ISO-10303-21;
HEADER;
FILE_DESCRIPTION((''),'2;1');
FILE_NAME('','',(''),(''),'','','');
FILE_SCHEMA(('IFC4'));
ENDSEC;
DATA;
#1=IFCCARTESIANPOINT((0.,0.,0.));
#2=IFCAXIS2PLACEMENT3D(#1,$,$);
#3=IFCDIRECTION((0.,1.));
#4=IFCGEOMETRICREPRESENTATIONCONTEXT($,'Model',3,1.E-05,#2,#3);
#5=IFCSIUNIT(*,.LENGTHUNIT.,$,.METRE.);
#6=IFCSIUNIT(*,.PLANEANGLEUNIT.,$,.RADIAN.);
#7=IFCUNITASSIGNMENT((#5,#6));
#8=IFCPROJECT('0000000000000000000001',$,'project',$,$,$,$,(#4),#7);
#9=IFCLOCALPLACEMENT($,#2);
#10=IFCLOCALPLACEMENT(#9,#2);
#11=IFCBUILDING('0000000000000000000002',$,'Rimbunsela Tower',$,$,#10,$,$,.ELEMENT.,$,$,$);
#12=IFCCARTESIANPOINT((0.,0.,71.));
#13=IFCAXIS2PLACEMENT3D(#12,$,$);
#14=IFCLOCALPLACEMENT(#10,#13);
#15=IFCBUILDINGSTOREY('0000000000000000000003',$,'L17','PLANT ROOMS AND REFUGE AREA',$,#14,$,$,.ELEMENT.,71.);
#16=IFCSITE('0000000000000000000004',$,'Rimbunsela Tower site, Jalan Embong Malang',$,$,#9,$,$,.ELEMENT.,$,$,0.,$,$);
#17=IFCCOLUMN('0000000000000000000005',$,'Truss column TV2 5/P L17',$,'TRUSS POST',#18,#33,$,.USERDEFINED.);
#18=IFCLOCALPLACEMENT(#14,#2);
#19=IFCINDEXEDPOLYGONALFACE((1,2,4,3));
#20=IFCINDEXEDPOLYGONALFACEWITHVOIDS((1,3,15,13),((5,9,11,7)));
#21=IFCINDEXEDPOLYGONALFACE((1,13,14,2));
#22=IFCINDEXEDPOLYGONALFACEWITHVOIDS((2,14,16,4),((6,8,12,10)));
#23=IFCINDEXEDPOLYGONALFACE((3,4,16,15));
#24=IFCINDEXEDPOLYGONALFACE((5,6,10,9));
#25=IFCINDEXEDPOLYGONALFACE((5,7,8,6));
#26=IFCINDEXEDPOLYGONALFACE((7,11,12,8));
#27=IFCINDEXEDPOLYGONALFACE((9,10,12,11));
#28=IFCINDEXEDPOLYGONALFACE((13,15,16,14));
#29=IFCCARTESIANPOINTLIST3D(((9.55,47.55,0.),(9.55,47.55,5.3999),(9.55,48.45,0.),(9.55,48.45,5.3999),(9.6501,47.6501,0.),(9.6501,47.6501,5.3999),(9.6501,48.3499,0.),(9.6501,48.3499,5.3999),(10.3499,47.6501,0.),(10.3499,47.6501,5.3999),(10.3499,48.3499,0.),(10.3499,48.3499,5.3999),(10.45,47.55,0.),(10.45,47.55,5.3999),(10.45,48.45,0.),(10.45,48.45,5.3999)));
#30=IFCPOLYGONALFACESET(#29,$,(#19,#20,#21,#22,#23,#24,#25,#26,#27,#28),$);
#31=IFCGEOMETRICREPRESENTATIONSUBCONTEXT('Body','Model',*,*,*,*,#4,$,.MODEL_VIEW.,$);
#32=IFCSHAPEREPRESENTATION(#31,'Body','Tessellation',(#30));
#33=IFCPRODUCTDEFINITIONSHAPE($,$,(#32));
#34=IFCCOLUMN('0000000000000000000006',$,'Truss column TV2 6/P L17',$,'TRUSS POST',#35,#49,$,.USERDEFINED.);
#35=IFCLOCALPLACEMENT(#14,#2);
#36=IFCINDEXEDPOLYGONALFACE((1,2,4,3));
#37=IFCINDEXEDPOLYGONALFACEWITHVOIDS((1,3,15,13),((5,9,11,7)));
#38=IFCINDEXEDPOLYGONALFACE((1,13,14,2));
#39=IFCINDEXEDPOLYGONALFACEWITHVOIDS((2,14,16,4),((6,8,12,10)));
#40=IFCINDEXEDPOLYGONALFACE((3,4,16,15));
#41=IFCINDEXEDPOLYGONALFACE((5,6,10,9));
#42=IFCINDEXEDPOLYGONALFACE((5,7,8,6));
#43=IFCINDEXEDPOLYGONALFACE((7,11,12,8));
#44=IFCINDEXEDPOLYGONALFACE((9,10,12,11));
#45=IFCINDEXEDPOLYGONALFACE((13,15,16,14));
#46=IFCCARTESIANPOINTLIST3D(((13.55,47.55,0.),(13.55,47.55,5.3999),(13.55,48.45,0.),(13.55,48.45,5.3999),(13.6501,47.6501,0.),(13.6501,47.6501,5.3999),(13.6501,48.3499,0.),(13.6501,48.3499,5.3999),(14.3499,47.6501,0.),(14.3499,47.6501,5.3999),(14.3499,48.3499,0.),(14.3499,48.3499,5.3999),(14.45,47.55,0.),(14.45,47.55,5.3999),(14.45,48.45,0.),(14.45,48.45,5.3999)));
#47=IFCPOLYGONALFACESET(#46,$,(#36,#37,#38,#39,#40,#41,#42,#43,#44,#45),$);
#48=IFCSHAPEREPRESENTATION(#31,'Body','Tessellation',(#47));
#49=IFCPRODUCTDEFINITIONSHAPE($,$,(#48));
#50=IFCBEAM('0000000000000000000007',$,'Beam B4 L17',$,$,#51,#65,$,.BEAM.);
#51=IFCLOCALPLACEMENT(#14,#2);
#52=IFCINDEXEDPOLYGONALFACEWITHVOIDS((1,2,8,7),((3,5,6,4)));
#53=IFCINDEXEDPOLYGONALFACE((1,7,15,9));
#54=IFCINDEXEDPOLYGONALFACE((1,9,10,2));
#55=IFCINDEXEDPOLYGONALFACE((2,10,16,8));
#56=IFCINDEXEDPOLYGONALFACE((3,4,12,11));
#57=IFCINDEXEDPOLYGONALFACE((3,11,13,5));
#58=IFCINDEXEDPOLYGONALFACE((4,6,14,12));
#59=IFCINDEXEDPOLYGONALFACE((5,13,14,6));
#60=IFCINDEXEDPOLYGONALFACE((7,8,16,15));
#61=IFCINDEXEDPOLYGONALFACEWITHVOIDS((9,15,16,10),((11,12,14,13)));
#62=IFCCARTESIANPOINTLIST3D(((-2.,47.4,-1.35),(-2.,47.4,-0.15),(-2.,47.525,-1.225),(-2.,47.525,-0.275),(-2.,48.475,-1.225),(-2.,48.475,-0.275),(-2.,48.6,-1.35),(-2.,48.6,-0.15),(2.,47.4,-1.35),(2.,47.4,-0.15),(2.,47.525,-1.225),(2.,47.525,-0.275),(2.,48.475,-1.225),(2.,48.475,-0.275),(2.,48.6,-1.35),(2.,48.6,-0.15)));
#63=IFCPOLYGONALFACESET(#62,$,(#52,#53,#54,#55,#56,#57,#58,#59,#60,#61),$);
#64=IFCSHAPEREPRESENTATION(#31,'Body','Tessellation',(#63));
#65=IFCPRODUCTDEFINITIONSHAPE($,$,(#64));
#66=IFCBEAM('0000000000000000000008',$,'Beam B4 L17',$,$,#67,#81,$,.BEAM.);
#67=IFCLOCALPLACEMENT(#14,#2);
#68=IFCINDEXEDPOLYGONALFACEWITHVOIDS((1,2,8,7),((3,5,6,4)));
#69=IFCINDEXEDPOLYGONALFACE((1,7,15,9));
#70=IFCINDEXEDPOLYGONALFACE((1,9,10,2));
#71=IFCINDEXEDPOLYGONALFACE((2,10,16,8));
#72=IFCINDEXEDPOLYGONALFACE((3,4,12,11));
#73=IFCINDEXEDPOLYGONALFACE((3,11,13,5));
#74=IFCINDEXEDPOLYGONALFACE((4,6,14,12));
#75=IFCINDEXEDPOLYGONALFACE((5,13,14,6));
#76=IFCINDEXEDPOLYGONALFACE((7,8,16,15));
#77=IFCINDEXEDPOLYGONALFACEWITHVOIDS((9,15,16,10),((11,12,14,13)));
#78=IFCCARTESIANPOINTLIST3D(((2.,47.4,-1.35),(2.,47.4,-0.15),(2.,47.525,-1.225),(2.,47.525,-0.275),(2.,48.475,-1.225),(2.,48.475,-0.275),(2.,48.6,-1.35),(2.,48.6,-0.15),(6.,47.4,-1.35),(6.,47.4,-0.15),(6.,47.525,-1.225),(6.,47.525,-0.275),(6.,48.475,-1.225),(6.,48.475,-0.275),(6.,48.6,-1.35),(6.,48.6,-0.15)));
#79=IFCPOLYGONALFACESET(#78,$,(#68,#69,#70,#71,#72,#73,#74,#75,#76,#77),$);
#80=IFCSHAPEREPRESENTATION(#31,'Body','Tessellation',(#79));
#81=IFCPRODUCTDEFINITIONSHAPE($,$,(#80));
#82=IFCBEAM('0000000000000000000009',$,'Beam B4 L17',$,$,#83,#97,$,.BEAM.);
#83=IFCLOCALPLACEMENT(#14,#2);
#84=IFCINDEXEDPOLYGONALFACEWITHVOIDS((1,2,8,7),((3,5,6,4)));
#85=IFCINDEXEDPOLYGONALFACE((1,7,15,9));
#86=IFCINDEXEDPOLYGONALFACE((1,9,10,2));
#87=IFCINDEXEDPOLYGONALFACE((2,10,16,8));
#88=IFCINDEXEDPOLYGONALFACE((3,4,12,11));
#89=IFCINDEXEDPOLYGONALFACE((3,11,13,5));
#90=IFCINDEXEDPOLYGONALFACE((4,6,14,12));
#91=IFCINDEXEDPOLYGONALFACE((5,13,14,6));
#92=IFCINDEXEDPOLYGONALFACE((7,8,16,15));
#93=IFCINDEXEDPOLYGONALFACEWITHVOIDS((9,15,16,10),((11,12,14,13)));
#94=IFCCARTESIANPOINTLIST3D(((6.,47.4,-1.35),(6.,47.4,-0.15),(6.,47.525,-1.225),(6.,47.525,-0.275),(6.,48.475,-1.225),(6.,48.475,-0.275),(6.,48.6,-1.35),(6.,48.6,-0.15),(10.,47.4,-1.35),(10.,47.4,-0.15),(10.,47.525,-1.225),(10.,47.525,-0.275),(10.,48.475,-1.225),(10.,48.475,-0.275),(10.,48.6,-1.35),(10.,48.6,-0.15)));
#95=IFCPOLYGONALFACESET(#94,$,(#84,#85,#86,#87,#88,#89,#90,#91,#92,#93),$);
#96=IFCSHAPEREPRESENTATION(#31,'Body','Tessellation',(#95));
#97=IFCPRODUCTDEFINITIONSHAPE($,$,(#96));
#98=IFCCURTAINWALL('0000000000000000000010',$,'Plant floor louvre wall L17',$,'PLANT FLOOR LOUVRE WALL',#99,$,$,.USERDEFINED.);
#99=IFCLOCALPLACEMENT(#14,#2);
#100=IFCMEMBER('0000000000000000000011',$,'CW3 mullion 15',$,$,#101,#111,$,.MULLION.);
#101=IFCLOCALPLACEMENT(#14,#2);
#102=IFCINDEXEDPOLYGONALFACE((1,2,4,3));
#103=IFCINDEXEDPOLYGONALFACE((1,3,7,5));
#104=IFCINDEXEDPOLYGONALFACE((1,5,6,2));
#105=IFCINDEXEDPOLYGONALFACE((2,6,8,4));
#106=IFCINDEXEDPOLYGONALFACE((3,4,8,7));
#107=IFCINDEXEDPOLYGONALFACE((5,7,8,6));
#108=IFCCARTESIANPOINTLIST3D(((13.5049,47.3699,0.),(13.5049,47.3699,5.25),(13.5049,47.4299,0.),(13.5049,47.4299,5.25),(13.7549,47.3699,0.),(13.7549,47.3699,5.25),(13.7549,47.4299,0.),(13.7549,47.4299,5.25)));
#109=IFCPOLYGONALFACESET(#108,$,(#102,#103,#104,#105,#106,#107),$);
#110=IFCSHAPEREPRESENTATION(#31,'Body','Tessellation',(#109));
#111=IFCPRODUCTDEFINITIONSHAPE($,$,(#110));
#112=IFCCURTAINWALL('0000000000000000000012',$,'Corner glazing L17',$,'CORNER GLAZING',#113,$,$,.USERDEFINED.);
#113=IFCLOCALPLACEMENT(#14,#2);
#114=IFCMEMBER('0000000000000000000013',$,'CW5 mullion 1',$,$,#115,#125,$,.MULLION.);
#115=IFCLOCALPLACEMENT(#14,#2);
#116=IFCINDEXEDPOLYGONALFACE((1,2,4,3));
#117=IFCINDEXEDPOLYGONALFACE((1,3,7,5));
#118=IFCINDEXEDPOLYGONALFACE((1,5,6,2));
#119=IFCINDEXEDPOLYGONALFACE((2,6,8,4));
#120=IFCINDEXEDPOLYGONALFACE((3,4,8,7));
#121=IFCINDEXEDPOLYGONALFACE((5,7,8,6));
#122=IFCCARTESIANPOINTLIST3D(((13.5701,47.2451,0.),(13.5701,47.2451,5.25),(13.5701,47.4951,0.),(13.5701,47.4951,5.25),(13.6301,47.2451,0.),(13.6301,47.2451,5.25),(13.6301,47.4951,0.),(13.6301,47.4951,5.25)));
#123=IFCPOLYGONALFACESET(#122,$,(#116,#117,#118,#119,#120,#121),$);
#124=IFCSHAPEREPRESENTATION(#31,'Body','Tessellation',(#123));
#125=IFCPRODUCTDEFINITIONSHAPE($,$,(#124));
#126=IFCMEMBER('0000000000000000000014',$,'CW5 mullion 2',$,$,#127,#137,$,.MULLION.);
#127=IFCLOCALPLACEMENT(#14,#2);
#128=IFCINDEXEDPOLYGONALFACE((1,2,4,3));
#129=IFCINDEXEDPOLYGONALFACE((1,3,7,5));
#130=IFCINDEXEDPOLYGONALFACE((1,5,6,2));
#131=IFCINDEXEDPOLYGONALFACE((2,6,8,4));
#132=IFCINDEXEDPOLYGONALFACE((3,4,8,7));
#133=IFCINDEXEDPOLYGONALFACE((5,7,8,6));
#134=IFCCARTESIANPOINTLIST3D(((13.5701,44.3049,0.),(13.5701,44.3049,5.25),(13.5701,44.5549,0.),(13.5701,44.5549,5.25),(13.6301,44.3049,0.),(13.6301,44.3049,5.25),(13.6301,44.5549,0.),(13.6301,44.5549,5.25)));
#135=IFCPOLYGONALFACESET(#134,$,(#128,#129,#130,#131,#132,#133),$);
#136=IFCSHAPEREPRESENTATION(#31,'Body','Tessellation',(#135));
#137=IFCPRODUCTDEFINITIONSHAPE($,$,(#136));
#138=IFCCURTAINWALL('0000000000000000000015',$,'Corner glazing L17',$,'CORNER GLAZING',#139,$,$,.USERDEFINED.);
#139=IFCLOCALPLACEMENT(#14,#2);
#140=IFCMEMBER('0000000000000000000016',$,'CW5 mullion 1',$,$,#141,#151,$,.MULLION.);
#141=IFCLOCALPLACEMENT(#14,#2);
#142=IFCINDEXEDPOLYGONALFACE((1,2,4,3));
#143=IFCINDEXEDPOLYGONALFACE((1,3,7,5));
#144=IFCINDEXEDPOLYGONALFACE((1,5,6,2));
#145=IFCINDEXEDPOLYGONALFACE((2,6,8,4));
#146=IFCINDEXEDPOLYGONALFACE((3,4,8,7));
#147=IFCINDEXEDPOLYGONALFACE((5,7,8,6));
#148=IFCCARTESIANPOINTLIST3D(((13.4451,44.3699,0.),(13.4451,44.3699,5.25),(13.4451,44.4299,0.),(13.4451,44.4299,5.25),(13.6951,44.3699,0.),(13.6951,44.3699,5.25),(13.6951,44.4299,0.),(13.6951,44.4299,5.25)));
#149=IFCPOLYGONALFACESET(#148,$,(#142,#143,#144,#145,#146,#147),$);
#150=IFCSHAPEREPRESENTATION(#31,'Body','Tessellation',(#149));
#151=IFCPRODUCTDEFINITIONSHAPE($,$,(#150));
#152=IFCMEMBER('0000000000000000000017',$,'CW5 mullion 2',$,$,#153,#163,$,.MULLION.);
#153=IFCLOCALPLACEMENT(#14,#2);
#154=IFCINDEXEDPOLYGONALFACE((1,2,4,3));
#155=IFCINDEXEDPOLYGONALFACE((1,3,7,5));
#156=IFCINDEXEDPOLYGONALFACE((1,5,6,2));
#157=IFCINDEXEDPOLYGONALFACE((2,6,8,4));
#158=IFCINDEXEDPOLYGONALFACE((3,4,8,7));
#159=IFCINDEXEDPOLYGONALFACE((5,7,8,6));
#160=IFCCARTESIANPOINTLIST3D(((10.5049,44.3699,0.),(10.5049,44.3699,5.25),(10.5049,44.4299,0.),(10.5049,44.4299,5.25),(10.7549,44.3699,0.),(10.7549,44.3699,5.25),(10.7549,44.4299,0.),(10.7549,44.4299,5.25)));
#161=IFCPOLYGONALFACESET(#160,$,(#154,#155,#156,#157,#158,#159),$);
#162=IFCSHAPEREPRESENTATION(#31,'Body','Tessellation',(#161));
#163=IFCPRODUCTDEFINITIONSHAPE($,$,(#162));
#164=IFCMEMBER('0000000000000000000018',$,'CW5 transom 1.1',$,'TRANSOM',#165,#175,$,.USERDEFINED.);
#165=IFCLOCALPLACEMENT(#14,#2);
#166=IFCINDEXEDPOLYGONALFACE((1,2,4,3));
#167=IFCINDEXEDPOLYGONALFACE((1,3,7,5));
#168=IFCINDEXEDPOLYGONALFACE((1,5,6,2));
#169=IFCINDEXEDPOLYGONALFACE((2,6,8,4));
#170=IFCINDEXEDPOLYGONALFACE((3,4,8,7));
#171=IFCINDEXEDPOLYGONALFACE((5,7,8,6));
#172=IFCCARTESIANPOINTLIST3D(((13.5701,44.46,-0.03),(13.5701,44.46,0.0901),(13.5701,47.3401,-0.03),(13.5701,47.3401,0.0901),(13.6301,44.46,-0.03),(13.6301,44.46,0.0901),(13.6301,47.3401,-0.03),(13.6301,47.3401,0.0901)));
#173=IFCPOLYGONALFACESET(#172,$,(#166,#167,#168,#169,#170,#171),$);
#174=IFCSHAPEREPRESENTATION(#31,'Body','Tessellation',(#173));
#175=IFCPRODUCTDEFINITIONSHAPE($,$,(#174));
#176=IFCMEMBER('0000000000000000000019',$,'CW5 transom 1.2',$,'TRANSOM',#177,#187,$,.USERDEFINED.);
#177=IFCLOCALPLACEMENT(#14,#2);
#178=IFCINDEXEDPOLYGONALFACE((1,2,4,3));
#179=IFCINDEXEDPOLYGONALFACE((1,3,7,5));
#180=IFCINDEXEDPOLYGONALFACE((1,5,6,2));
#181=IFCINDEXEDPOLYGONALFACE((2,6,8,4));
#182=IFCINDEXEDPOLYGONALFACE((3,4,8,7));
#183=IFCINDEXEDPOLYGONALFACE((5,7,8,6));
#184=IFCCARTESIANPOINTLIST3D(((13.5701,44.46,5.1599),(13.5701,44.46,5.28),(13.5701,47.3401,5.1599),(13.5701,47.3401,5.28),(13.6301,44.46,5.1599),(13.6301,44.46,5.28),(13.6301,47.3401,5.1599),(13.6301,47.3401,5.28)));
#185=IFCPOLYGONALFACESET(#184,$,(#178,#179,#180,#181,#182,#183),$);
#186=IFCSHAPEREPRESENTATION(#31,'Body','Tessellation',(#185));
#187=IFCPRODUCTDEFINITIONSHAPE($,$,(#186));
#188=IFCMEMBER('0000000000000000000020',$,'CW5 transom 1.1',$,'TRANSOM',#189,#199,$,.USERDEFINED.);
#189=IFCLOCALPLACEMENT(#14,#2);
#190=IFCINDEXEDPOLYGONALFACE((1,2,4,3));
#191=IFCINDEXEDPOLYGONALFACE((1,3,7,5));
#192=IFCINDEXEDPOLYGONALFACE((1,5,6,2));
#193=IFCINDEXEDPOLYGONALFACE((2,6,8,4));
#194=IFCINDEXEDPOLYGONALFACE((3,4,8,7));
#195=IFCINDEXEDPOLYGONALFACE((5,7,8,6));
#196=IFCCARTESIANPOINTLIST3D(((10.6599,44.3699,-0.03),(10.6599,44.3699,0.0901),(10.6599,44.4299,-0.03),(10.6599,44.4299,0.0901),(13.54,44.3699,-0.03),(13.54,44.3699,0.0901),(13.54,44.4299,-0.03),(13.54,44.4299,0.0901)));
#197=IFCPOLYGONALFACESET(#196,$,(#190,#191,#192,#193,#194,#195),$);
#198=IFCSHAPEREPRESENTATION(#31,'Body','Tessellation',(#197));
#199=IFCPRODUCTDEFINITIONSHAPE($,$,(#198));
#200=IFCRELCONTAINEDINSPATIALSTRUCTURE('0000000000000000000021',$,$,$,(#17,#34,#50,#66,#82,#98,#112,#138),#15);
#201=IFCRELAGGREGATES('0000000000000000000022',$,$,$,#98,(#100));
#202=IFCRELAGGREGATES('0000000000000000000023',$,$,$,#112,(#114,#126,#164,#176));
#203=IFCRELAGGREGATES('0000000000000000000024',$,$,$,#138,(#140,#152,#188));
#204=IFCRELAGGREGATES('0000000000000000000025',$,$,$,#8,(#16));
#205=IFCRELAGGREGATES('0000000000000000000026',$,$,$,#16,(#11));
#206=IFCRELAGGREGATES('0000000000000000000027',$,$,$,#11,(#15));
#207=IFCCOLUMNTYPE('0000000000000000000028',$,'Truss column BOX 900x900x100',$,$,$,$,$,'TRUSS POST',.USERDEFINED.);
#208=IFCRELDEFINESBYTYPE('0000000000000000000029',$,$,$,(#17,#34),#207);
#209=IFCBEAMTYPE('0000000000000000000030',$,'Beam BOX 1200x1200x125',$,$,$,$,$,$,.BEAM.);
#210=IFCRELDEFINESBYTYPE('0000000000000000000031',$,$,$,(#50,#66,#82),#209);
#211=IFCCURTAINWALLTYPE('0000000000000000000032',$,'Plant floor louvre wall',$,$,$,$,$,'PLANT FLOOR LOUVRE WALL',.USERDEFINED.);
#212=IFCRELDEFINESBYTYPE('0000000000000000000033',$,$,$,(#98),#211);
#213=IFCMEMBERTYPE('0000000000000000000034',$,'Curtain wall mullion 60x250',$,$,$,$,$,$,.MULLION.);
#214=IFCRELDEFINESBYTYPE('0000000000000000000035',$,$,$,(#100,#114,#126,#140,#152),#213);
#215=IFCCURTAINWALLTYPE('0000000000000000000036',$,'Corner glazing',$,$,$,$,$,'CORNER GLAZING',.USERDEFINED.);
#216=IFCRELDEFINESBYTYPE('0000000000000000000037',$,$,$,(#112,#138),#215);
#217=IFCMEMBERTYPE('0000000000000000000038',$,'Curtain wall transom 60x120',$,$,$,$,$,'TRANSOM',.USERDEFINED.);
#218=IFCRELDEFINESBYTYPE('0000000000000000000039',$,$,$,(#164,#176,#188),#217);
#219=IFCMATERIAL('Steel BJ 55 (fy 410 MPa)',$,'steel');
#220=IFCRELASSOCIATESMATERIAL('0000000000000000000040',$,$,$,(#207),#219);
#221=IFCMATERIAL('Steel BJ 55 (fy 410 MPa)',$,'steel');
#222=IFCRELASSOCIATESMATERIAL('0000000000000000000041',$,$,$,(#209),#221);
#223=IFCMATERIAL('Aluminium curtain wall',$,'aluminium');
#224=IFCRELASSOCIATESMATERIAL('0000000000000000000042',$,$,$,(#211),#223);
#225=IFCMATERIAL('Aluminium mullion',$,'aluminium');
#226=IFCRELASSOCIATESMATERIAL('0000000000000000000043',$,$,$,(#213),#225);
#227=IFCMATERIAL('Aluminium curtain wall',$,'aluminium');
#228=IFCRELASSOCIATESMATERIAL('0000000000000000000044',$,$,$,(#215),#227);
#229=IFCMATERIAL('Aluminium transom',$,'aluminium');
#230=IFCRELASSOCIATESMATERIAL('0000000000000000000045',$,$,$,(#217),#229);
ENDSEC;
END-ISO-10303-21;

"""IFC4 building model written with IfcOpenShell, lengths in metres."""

from ifc_helpers import new_model, si_unit, direction, frame, origin, origin_2d, place, context, subcontext, project, spatial, rectangle, hollow_rectangle, extrude, material, material_profile, profile_set, type_object, element, aggregate, save


model = new_model("IFC4")

# Units and contexts
model_context = context("Model", 3, precision=1e-05, world=origin(), true_north=direction((0.0, 1.0)))
body_context = subcontext(model_context, "Body", "Model", "MODEL_VIEW")
ifc_project = project(units=[si_unit("LENGTHUNIT", "METRE"), si_unit("PLANEANGLEUNIT", "RADIAN")], contexts=[model_context])

# Site, building, storey
site_placement = place(None, origin())
site = spatial("IfcSite", under=ifc_project, at=site_placement, Name="Rimbunsela Tower site, Jalan Embong Malang", CompositionType="ELEMENT", RefElevation=0.0)
building_placement = place(site_placement, origin())
building = spatial("IfcBuilding", under=site, at=building_placement, Name="Rimbunsela Tower", CompositionType="ELEMENT")
storey_placement = place(building_placement, frame((0.0, 0.0, 71.0)))
storey = spatial("IfcBuildingStorey", under=building, at=storey_placement, Name="L17", Description="PLANT ROOMS AND REFUGE AREA", CompositionType="ELEMENT", Elevation=71.0)

# Columns
ifc_material_1 = material(Name="Steel BJ 55 (fy 410 MPa)", Category="steel")
ifc_material_profile_1 = material_profile(ifc_material_1, hollow_rectangle(XDim=0.8999, YDim=0.8999, WallThickness=0.1001, at=origin_2d()), Name="BOX 900x900x100")
ifc_profile_set_1 = profile_set([ifc_material_profile_1], Name="Steel BJ 55 (fy 410 MPa)")
column_type = type_object("IfcColumnType", Name="Truss column BOX 900x900x100", ElementType="TRUSS POST", PredefinedType="USERDEFINED", material=ifc_profile_set_1)
for number, where, z_axis, x_axis, name in (
    (1, (10.0, 48.0, 0.0), (0.0, 0.0, 1.0), (1.0, 0.0, 0.0), "Truss column TV2 5/P L17"),
    (2, (14.0, 48.0, 0.0), (0.0, 0.0, 1.0), (1.0, 0.0, 0.0), "Truss column TV2 6/P L17"),
):
    element("IfcColumn", number, at=place(storey_placement, frame(where, z_axis=z_axis, x_axis=x_axis)), inside=storey, type_object=column_type, Name=name, ObjectType="TRUSS POST", PredefinedType="USERDEFINED", context=body_context, shape_type="SweptSolid", body=[
        extrude(hollow_rectangle(XDim=0.8999, YDim=0.8999, WallThickness=0.1001, at=origin_2d()), origin(), (0.0, 0.0, 1.0), 5.3999),
    ])

# Beams
ifc_material_2 = material(Name="Steel BJ 55 (fy 410 MPa)", Category="steel")
ifc_material_profile_2 = material_profile(ifc_material_2, hollow_rectangle(XDim=1.2, YDim=1.2, WallThickness=0.125, at=origin_2d()), Name="BOX 1200x1200x125")
ifc_profile_set_2 = profile_set([ifc_material_profile_2], Name="Steel BJ 55 (fy 410 MPa)")
beam_type_1 = type_object("IfcBeamType", Name="Beam BOX 1200x1200x125", PredefinedType="BEAM", material=ifc_profile_set_2)
for number, where, z_axis, x_axis, name in (
    (3, (-2.0, 48.0, -0.75), (1.0, 0.0, 0.0), (0.0, 1.0, 0.0), "Beam B4 L17"),
    (4, (2.0, 48.0, -0.75), (1.0, 0.0, 0.0), (0.0, 1.0, 0.0), "Beam B4 L17"),
    (5, (6.0, 48.0, -0.75), (1.0, 0.0, 0.0), (0.0, 1.0, 0.0), "Beam B4 L17"),
):
    element("IfcBeam", number, at=place(storey_placement, frame(where, z_axis=z_axis, x_axis=x_axis)), inside=storey, type_object=beam_type_1, Name=name, PredefinedType="BEAM", context=body_context, shape_type="SweptSolid", body=[
        extrude(hollow_rectangle(XDim=1.2, YDim=1.2, WallThickness=0.125, at=origin_2d()), origin(), (0.0, 0.0, 1.0), 4.0),
    ])

# Curtain wall, member
ifc_material_3 = material(Name="Aluminium curtain wall", Category="aluminium")
curtain_wall_type_1 = type_object("IfcCurtainWallType", Name="Plant floor louvre wall", ElementType="PLANT FLOOR LOUVRE WALL", PredefinedType="USERDEFINED", material=ifc_material_3)
curtain_wall_1_placement = place(storey_placement, origin())
curtain_wall_1 = element("IfcCurtainWall", 6, at=curtain_wall_1_placement, inside=storey, type_object=curtain_wall_type_1, Name="Plant floor louvre wall L17", ObjectType="PLANT FLOOR LOUVRE WALL", PredefinedType="USERDEFINED")
ifc_material_4 = material(Name="Aluminium mullion", Category="aluminium")
ifc_material_profile_3 = material_profile(ifc_material_4, rectangle(XDim=0.0601, YDim=0.25, at=origin_2d()), Name="Mullion 60x250")
ifc_profile_set_3 = profile_set([ifc_material_profile_3], Name="Aluminium mullion")
member_type_1 = type_object("IfcMemberType", Name="Curtain wall mullion 60x250", PredefinedType="MULLION", material=ifc_profile_set_3)
member_1_placement = place(storey_placement, frame((13.6299, 47.3999, 0.0), z_axis=(0.0, 0.0, 1.0), x_axis=(0.0, -1.0, 0.0)))
member_1 = element("IfcMember", 7, at=member_1_placement, type_object=member_type_1, Name="CW3 mullion 15", PredefinedType="MULLION", context=body_context, shape_type="SweptSolid", body=[
    extrude(rectangle(XDim=0.0601, YDim=0.25, at=origin_2d()), origin(), (0.0, 0.0, 1.0), 5.25),
])
aggregate(curtain_wall_1, [member_1])

# Curtain walls, members
ifc_material_5 = material(Name="Aluminium curtain wall", Category="aluminium")
curtain_wall_type_2 = type_object("IfcCurtainWallType", Name="Corner glazing", ElementType="CORNER GLAZING", PredefinedType="USERDEFINED", material=ifc_material_5)
curtain_wall_2_placement = place(storey_placement, origin())
curtain_wall_2 = element("IfcCurtainWall", 8, at=curtain_wall_2_placement, inside=storey, type_object=curtain_wall_type_2, Name="Corner glazing L17", ObjectType="CORNER GLAZING", PredefinedType="USERDEFINED")
member_2_placement = place(storey_placement, frame((13.6001, 47.3701, 0.0), z_axis=(0.0, 0.0, 1.0), x_axis=(1.0, 0.0, 0.0)))
member_2 = element("IfcMember", 9, at=member_2_placement, type_object=member_type_1, Name="CW5 mullion 1", PredefinedType="MULLION", context=body_context, shape_type="SweptSolid", body=[
    extrude(rectangle(XDim=0.0601, YDim=0.25, at=origin_2d()), origin(), (0.0, 0.0, 1.0), 5.25),
])
member_3_placement = place(storey_placement, frame((13.6001, 44.4299, 0.0), z_axis=(0.0, 0.0, 1.0), x_axis=(1.0, 0.0, 0.0)))
member_3 = element("IfcMember", 10, at=member_3_placement, type_object=member_type_1, Name="CW5 mullion 2", PredefinedType="MULLION", context=body_context, shape_type="SweptSolid", body=[
    extrude(rectangle(XDim=0.0601, YDim=0.25, at=origin_2d()), origin(), (0.0, 0.0, 1.0), 5.25),
])
curtain_wall_3_placement = place(storey_placement, origin())
curtain_wall_3 = element("IfcCurtainWall", 11, at=curtain_wall_3_placement, inside=storey, type_object=curtain_wall_type_2, Name="Corner glazing L17", ObjectType="CORNER GLAZING", PredefinedType="USERDEFINED")
member_4_placement = place(storey_placement, frame((13.5701, 44.3999, 0.0), z_axis=(0.0, 0.0, 1.0), x_axis=(0.0, -1.0, 0.0)))
member_4 = element("IfcMember", 12, at=member_4_placement, type_object=member_type_1, Name="CW5 mullion 1", PredefinedType="MULLION", context=body_context, shape_type="SweptSolid", body=[
    extrude(rectangle(XDim=0.0601, YDim=0.25, at=origin_2d()), origin(), (0.0, 0.0, 1.0), 5.25),
])
member_5_placement = place(storey_placement, frame((10.6299, 44.3999, 0.0), z_axis=(0.0, 0.0, 1.0), x_axis=(0.0, -1.0, 0.0)))
member_5 = element("IfcMember", 13, at=member_5_placement, type_object=member_type_1, Name="CW5 mullion 2", PredefinedType="MULLION", context=body_context, shape_type="SweptSolid", body=[
    extrude(rectangle(XDim=0.0601, YDim=0.25, at=origin_2d()), origin(), (0.0, 0.0, 1.0), 5.25),
])

# Members
ifc_material_6 = material(Name="Aluminium transom", Category="aluminium")
ifc_material_profile_4 = material_profile(ifc_material_6, rectangle(XDim=0.0601, YDim=0.1201, at=origin_2d()), Name="Transom 60x120")
ifc_profile_set_4 = profile_set([ifc_material_profile_4], Name="Aluminium transom")
member_type_2 = type_object("IfcMemberType", Name="Curtain wall transom 60x120", ElementType="TRANSOM", PredefinedType="USERDEFINED", material=ifc_profile_set_4)
member_6_placement = place(storey_placement, frame((13.6001, 47.3401, 0.03), z_axis=(0.0, -1.0, 0.0), x_axis=(1.0, 0.0, 0.0)))
member_6 = element("IfcMember", 14, at=member_6_placement, type_object=member_type_2, Name="CW5 transom 1.1", ObjectType="TRANSOM", PredefinedType="USERDEFINED", context=body_context, shape_type="SweptSolid", body=[
    extrude(rectangle(XDim=0.0601, YDim=0.1201, at=origin_2d()), origin(), (0.0, 0.0, 1.0), 2.8801),
])
member_7_placement = place(storey_placement, frame((13.6001, 47.3401, 5.22), z_axis=(0.0, -1.0, 0.0), x_axis=(1.0, 0.0, 0.0)))
member_7 = element("IfcMember", 15, at=member_7_placement, type_object=member_type_2, Name="CW5 transom 1.2", ObjectType="TRANSOM", PredefinedType="USERDEFINED", context=body_context, shape_type="SweptSolid", body=[
    extrude(rectangle(XDim=0.0601, YDim=0.1201, at=origin_2d()), origin(), (0.0, 0.0, 1.0), 2.8801),
])
member_8_placement = place(storey_placement, frame((13.54, 44.3999, 0.03), z_axis=(-1.0, 0.0, 0.0), x_axis=(0.0, -1.0, 0.0)))
member_8 = element("IfcMember", 16, at=member_8_placement, type_object=member_type_2, Name="CW5 transom 1.1", ObjectType="TRANSOM", PredefinedType="USERDEFINED", context=body_context, shape_type="SweptSolid", body=[
    extrude(rectangle(XDim=0.0601, YDim=0.1201, at=origin_2d()), origin(), (0.0, 0.0, 1.0), 2.8801),
])

aggregate(curtain_wall_2, [member_2, member_3, member_6, member_7])
aggregate(curtain_wall_3, [member_4, member_5, member_8])

save(model, "model.ifc")
